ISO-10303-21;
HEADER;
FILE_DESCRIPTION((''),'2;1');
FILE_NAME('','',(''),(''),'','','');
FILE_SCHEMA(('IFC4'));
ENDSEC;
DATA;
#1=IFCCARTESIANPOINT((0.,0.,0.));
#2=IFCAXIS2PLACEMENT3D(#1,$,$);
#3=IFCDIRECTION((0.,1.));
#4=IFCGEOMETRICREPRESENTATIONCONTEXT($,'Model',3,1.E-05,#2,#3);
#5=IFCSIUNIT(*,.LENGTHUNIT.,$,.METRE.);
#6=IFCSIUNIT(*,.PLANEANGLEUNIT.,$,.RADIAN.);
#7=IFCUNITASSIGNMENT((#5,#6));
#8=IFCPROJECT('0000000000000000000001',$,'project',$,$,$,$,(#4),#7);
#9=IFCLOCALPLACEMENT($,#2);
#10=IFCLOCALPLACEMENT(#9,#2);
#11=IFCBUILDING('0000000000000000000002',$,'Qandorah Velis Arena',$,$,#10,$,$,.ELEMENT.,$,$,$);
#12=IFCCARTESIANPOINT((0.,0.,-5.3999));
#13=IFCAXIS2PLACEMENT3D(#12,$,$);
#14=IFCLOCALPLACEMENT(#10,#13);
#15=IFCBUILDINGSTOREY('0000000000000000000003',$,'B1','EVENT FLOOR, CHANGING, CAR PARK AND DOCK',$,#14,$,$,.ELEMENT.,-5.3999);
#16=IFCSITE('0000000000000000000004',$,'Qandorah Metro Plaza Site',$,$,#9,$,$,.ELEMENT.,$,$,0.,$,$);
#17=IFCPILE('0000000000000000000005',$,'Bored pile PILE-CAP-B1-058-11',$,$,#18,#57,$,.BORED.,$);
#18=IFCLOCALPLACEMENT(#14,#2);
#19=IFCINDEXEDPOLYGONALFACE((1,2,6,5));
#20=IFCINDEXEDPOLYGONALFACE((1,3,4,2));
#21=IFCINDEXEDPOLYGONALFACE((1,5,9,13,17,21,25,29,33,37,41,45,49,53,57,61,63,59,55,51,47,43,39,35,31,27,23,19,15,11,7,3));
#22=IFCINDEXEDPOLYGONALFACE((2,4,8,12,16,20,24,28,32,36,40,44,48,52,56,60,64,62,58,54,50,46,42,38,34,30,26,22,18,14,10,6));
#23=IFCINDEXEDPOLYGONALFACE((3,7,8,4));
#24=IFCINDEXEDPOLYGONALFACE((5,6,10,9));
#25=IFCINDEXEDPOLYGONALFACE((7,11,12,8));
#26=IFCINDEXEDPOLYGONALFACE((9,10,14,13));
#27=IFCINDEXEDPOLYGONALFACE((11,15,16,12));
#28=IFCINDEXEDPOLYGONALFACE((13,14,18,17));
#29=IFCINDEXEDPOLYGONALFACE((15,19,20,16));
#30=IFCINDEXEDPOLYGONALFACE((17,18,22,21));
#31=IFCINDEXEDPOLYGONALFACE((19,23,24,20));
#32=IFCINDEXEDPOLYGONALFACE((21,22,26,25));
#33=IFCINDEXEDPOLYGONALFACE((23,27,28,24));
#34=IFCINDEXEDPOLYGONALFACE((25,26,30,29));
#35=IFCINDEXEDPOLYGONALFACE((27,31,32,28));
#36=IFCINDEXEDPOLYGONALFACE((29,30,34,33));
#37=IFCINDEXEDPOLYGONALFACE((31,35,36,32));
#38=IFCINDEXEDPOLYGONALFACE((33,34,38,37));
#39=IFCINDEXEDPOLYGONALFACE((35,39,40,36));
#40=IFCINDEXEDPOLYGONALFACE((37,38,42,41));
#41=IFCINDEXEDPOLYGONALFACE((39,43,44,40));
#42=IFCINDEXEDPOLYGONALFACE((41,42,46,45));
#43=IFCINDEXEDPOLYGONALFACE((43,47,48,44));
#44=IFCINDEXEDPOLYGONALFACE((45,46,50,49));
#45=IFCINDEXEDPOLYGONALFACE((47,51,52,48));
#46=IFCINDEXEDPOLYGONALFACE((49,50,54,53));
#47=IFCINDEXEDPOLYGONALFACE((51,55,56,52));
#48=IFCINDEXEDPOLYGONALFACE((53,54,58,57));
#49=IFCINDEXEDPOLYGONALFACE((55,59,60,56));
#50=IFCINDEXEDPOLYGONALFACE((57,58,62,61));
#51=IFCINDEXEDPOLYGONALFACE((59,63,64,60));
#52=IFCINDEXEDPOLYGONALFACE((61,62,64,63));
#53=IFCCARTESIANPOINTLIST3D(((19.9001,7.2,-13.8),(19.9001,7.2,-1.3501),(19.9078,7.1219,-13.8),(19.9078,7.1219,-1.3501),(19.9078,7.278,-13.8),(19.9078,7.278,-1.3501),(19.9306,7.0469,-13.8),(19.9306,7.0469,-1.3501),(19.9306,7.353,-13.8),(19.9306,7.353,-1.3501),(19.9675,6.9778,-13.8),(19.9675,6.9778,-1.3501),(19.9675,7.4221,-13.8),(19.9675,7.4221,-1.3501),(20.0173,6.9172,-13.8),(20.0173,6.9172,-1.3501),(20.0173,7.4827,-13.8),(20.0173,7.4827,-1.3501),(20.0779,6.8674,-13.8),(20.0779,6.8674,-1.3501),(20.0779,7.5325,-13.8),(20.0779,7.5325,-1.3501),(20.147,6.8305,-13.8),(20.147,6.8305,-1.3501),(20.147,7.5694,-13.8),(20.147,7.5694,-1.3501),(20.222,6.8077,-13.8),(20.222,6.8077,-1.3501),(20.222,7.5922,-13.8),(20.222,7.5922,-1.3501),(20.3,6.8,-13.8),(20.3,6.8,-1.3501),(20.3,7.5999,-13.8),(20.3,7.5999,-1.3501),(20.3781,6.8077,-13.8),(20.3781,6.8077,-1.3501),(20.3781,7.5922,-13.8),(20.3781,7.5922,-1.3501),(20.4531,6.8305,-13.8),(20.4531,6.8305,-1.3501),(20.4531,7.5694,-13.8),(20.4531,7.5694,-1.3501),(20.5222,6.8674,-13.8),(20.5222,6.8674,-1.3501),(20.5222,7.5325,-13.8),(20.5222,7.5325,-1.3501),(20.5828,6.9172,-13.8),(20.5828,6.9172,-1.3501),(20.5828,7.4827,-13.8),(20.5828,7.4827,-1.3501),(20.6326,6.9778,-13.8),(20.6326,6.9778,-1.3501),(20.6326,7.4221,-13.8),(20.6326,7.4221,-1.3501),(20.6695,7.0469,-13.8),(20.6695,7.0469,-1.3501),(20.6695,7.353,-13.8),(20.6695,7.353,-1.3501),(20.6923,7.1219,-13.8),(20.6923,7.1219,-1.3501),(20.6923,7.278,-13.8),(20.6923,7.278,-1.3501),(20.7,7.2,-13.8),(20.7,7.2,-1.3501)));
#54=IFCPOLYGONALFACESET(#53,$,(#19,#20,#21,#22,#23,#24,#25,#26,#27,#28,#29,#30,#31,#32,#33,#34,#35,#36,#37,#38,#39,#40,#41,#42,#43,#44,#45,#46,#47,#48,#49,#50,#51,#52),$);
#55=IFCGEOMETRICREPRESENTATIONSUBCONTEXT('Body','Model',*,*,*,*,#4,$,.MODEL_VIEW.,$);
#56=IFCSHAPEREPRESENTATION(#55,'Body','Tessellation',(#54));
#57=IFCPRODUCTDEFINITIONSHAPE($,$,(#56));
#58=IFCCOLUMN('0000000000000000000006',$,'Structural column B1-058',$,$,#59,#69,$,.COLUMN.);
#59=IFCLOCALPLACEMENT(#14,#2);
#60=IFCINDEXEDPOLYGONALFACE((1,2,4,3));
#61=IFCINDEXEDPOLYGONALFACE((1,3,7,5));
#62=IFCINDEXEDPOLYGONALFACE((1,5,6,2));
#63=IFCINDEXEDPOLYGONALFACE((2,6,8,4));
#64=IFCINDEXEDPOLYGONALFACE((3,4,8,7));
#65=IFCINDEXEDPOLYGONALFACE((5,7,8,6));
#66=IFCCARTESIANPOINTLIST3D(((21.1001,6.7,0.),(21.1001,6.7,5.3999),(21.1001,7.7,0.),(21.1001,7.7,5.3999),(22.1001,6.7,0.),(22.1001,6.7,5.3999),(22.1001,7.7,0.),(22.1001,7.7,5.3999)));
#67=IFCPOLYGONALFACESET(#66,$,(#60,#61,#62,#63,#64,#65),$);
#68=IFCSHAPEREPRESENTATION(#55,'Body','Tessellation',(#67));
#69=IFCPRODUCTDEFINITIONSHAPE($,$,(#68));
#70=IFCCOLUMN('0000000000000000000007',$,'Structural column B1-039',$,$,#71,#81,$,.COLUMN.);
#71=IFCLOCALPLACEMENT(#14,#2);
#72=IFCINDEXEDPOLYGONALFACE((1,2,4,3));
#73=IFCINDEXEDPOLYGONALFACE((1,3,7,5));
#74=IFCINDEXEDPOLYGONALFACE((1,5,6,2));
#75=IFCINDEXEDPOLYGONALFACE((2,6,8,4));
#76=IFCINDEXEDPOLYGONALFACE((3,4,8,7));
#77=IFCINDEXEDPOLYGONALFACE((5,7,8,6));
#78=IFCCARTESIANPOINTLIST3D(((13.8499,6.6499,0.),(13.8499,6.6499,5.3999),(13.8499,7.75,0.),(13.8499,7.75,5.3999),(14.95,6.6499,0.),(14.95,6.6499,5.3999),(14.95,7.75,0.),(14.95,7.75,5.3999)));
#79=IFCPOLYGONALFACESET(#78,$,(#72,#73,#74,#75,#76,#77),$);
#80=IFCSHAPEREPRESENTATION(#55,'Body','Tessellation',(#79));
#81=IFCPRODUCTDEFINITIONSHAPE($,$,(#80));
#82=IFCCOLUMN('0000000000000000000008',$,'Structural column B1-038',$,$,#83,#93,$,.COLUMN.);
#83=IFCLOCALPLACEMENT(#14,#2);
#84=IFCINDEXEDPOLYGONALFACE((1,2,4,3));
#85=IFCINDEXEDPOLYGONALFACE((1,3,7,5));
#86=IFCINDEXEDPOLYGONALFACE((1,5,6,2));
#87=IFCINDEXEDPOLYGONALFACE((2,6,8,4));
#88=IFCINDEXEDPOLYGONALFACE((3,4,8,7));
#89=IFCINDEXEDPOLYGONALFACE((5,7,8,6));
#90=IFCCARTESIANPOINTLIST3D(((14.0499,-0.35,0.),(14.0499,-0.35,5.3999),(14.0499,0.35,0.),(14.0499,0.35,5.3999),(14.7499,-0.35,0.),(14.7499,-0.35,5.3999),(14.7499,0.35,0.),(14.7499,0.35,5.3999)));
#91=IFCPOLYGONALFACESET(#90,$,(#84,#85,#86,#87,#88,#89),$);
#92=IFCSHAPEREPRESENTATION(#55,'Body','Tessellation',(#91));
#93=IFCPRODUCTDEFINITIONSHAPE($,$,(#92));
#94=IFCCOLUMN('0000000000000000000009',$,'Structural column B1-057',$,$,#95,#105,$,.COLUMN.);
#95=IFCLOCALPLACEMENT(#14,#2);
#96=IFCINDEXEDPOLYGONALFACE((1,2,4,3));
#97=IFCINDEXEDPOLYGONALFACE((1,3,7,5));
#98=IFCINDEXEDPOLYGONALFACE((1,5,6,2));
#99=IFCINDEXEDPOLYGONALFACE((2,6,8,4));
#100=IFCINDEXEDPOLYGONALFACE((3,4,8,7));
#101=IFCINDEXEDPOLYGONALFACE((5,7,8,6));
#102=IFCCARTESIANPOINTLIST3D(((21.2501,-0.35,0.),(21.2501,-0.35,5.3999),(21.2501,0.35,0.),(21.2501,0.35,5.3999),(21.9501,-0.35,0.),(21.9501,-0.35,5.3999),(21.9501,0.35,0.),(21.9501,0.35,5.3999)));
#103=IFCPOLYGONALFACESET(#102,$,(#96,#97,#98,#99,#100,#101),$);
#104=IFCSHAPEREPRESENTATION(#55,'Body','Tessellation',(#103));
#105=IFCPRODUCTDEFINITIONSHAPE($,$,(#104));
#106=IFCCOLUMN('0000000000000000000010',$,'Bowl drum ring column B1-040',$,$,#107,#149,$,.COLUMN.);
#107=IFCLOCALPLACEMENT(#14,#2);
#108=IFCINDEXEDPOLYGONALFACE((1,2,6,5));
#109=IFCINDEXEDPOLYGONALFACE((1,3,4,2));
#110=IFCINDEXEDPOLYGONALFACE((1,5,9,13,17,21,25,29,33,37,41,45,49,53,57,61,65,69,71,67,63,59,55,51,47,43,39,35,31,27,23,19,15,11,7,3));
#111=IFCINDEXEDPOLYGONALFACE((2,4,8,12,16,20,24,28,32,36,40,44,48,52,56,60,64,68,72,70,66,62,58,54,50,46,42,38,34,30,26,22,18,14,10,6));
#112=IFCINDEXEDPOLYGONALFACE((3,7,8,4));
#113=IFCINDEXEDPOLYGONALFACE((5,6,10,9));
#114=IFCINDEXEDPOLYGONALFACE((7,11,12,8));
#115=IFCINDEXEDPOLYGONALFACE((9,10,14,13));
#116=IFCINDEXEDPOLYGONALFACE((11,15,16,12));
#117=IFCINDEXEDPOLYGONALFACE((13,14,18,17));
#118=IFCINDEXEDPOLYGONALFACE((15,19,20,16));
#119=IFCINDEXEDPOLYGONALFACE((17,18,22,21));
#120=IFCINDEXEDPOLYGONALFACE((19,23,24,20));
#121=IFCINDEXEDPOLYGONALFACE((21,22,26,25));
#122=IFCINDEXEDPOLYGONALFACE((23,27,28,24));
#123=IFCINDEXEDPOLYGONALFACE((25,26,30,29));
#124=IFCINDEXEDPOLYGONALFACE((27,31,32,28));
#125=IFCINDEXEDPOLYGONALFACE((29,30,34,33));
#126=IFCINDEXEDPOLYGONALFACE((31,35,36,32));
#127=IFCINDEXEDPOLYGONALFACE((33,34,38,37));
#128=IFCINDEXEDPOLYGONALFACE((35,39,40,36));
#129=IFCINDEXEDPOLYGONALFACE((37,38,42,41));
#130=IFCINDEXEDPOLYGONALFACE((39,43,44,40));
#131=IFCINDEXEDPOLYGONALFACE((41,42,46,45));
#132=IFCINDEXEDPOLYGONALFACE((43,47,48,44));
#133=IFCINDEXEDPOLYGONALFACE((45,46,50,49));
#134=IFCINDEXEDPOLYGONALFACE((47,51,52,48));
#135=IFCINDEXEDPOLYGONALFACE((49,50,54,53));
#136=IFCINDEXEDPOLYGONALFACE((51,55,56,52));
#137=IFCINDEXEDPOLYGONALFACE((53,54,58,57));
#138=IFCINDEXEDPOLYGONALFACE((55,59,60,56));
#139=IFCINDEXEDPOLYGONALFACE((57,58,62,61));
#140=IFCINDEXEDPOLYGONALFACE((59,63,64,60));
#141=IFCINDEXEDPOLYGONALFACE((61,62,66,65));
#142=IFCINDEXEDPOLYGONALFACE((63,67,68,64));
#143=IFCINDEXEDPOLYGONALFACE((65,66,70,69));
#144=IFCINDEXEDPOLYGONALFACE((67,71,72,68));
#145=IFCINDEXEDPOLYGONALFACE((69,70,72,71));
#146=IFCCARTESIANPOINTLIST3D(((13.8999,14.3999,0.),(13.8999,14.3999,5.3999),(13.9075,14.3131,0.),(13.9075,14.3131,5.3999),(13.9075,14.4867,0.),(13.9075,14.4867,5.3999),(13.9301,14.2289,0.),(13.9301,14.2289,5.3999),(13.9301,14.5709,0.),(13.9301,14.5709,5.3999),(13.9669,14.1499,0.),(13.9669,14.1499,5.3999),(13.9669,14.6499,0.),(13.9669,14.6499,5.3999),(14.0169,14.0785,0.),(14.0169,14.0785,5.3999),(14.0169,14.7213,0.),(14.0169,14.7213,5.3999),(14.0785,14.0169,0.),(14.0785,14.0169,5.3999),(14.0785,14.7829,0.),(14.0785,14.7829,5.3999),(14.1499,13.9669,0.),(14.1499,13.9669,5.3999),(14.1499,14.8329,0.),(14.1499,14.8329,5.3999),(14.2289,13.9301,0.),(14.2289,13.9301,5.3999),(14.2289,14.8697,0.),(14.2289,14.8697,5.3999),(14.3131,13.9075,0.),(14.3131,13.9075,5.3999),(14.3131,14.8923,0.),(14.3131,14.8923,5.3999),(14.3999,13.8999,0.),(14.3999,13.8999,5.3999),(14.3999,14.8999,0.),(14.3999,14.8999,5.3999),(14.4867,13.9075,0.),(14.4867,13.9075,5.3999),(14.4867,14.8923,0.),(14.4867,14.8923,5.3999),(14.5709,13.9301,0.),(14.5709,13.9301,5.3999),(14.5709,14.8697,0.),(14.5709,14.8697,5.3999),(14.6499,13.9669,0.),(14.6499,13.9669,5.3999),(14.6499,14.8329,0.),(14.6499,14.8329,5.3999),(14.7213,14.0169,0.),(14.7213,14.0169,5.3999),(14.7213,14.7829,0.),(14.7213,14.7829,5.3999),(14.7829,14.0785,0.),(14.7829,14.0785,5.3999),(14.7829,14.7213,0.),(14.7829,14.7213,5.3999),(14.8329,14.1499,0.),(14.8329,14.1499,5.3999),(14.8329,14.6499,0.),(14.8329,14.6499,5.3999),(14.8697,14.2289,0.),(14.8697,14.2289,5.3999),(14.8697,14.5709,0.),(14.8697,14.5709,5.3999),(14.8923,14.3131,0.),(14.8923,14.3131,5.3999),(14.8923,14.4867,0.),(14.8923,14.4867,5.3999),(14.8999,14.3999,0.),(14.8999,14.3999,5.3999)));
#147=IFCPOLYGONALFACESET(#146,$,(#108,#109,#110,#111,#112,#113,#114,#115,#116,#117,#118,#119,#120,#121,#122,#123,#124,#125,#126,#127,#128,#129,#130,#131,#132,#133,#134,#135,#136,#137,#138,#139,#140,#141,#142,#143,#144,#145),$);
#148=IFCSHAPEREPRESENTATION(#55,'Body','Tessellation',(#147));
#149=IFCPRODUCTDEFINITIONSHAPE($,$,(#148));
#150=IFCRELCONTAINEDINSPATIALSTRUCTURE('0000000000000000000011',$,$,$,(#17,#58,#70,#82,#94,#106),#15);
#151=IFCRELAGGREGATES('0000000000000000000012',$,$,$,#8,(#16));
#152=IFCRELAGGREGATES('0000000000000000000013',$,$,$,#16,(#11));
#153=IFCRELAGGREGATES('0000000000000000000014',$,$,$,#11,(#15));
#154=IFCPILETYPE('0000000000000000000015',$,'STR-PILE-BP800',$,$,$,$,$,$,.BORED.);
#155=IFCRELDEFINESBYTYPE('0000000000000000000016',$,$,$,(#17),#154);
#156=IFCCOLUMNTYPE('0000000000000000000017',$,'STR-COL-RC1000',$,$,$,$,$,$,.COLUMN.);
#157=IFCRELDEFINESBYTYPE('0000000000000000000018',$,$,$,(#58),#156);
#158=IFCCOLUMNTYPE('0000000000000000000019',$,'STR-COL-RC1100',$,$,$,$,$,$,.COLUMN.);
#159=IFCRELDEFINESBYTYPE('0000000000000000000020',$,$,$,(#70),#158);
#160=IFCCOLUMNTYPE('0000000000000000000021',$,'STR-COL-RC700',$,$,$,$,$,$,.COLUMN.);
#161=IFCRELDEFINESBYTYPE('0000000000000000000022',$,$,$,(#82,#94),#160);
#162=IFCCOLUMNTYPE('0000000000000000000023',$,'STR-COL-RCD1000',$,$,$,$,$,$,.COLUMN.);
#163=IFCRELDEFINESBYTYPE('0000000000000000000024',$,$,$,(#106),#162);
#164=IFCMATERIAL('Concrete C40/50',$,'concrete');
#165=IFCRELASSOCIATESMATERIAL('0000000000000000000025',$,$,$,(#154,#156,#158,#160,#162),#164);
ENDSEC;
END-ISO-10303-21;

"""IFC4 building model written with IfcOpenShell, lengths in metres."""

from ifc_helpers import new_model, si_unit, direction, frame, origin, origin_2d, place, context, subcontext, project, spatial, rectangle, circle, extrude, material, material_profile, profile_set, type_object, element, save


model = new_model("IFC4")

# Units and contexts
model_context = context("Model", 3, precision=1e-05, world=origin(), true_north=direction((0.0, 1.0)))
body_context = subcontext(model_context, "Body", "Model", "MODEL_VIEW")
ifc_project = project(units=[si_unit("LENGTHUNIT", "METRE"), si_unit("PLANEANGLEUNIT", "RADIAN")], contexts=[model_context])

# Site, building, storey
site_placement = place(None, origin())
site = spatial("IfcSite", under=ifc_project, at=site_placement, Name="Qandorah Metro Plaza Site", CompositionType="ELEMENT", RefElevation=0.0)
building_placement = place(site_placement, origin())
building = spatial("IfcBuilding", under=site, at=building_placement, Name="Qandorah Velis Arena", CompositionType="ELEMENT")
storey_placement = place(building_placement, frame((0.0, 0.0, -5.3999)))
storey = spatial("IfcBuildingStorey", under=building, at=storey_placement, Name="B1", Description="EVENT FLOOR, CHANGING, CAR PARK AND DOCK", CompositionType="ELEMENT", Elevation=-5.3999)

# Shared definitions
ifc_material = material(Name="Concrete C40/50", Category="concrete")

# Pile
ifc_material_profile_1 = material_profile(ifc_material, circle(Radius=0.3999, at=origin_2d()), Name="BORED PILE D800")
ifc_profile_set_1 = profile_set([ifc_material_profile_1], Name="Concrete C40/50")
pile_type_1 = type_object("IfcPileType", Name="STR-PILE-BP800", PredefinedType="BORED", material=ifc_profile_set_1)
pile_1_placement = place(storey_placement, frame((20.3, 7.2, -1.3501), z_axis=(0.0, 0.0, -1.0), x_axis=(1.0, 0.0, 0.0)))
element("IfcPile", 1, at=pile_1_placement, inside=storey, type_object=pile_type_1, Name="Bored pile PILE-CAP-B1-058-11", PredefinedType="BORED", context=body_context, shape_type="SweptSolid", body=[
    extrude(circle(Radius=0.3999, at=origin_2d()), origin(), (0.0, 0.0, 1.0), 12.45),
])

# Columns
ifc_material_profile_2 = material_profile(ifc_material, rectangle(XDim=1.0, YDim=1.0, at=origin_2d()), Name="RC COL 1000x1000")
ifc_profile_set_2 = profile_set([ifc_material_profile_2], Name="Concrete C40/50")
column_type_1 = type_object("IfcColumnType", Name="STR-COL-RC1000", PredefinedType="COLUMN", material=ifc_profile_set_2)
column_1_placement = place(storey_placement, frame((21.6001, 7.2, 0.0), z_axis=(0.0, 0.0, 1.0), x_axis=(1.0, 0.0, 0.0)))
element("IfcColumn", 2, at=column_1_placement, inside=storey, type_object=column_type_1, Name="Structural column B1-058", PredefinedType="COLUMN", context=body_context, shape_type="SweptSolid", body=[
    extrude(rectangle(XDim=1.0, YDim=1.0, at=origin_2d()), origin(), (0.0, 0.0, 1.0), 5.3999),
])
ifc_material_profile_3 = material_profile(ifc_material, rectangle(XDim=1.1001, YDim=1.1001, at=origin_2d()), Name="RC COL 1100x1100")
ifc_profile_set_3 = profile_set([ifc_material_profile_3], Name="Concrete C40/50")
column_type_2 = type_object("IfcColumnType", Name="STR-COL-RC1100", PredefinedType="COLUMN", material=ifc_profile_set_3)
column_2_placement = place(storey_placement, frame((14.3999, 7.2, 0.0), z_axis=(0.0, 0.0, 1.0), x_axis=(1.0, 0.0, 0.0)))
element("IfcColumn", 3, at=column_2_placement, inside=storey, type_object=column_type_2, Name="Structural column B1-039", PredefinedType="COLUMN", context=body_context, shape_type="SweptSolid", body=[
    extrude(rectangle(XDim=1.1001, YDim=1.1001, at=origin_2d()), origin(), (0.0, 0.0, 1.0), 5.3999),
])
ifc_material_profile_4 = material_profile(ifc_material, rectangle(XDim=0.7, YDim=0.7, at=origin_2d()), Name="RC COL 700x700")
ifc_profile_set_4 = profile_set([ifc_material_profile_4], Name="Concrete C40/50")
column_type_3 = type_object("IfcColumnType", Name="STR-COL-RC700", PredefinedType="COLUMN", material=ifc_profile_set_4)
for number, where, z_axis, x_axis, name in (
    (4, (14.3999, 0.0, 0.0), (0.0, 0.0, 1.0), (1.0, 0.0, 0.0), "Structural column B1-038"),
    (5, (21.6001, 0.0, 0.0), (0.0, 0.0, 1.0), (1.0, 0.0, 0.0), "Structural column B1-057"),
):
    element("IfcColumn", number, at=place(storey_placement, frame(where, z_axis=z_axis, x_axis=x_axis)), inside=storey, type_object=column_type_3, Name=name, PredefinedType="COLUMN", context=body_context, shape_type="SweptSolid", body=[
        extrude(rectangle(XDim=0.7, YDim=0.7, at=origin_2d()), origin(), (0.0, 0.0, 1.0), 5.3999),
    ])
ifc_material_profile_5 = material_profile(ifc_material, circle(Radius=0.5, at=origin_2d()), Name="RC D1000")
ifc_profile_set_5 = profile_set([ifc_material_profile_5], Name="Concrete C40/50")
column_type_4 = type_object("IfcColumnType", Name="STR-COL-RCD1000", PredefinedType="COLUMN", material=ifc_profile_set_5)
column_3_placement = place(storey_placement, frame((14.3999, 14.3999, 0.0), z_axis=(0.0, 0.0, 1.0), x_axis=(1.0, 0.0, 0.0)))
element("IfcColumn", 6, at=column_3_placement, inside=storey, type_object=column_type_4, Name="Bowl drum ring column B1-040", PredefinedType="COLUMN", context=body_context, shape_type="SweptSolid", body=[
    extrude(circle(Radius=0.5, at=origin_2d()), origin(), (0.0, 0.0, 1.0), 5.3999),
])

save(model, "model.ifc")
